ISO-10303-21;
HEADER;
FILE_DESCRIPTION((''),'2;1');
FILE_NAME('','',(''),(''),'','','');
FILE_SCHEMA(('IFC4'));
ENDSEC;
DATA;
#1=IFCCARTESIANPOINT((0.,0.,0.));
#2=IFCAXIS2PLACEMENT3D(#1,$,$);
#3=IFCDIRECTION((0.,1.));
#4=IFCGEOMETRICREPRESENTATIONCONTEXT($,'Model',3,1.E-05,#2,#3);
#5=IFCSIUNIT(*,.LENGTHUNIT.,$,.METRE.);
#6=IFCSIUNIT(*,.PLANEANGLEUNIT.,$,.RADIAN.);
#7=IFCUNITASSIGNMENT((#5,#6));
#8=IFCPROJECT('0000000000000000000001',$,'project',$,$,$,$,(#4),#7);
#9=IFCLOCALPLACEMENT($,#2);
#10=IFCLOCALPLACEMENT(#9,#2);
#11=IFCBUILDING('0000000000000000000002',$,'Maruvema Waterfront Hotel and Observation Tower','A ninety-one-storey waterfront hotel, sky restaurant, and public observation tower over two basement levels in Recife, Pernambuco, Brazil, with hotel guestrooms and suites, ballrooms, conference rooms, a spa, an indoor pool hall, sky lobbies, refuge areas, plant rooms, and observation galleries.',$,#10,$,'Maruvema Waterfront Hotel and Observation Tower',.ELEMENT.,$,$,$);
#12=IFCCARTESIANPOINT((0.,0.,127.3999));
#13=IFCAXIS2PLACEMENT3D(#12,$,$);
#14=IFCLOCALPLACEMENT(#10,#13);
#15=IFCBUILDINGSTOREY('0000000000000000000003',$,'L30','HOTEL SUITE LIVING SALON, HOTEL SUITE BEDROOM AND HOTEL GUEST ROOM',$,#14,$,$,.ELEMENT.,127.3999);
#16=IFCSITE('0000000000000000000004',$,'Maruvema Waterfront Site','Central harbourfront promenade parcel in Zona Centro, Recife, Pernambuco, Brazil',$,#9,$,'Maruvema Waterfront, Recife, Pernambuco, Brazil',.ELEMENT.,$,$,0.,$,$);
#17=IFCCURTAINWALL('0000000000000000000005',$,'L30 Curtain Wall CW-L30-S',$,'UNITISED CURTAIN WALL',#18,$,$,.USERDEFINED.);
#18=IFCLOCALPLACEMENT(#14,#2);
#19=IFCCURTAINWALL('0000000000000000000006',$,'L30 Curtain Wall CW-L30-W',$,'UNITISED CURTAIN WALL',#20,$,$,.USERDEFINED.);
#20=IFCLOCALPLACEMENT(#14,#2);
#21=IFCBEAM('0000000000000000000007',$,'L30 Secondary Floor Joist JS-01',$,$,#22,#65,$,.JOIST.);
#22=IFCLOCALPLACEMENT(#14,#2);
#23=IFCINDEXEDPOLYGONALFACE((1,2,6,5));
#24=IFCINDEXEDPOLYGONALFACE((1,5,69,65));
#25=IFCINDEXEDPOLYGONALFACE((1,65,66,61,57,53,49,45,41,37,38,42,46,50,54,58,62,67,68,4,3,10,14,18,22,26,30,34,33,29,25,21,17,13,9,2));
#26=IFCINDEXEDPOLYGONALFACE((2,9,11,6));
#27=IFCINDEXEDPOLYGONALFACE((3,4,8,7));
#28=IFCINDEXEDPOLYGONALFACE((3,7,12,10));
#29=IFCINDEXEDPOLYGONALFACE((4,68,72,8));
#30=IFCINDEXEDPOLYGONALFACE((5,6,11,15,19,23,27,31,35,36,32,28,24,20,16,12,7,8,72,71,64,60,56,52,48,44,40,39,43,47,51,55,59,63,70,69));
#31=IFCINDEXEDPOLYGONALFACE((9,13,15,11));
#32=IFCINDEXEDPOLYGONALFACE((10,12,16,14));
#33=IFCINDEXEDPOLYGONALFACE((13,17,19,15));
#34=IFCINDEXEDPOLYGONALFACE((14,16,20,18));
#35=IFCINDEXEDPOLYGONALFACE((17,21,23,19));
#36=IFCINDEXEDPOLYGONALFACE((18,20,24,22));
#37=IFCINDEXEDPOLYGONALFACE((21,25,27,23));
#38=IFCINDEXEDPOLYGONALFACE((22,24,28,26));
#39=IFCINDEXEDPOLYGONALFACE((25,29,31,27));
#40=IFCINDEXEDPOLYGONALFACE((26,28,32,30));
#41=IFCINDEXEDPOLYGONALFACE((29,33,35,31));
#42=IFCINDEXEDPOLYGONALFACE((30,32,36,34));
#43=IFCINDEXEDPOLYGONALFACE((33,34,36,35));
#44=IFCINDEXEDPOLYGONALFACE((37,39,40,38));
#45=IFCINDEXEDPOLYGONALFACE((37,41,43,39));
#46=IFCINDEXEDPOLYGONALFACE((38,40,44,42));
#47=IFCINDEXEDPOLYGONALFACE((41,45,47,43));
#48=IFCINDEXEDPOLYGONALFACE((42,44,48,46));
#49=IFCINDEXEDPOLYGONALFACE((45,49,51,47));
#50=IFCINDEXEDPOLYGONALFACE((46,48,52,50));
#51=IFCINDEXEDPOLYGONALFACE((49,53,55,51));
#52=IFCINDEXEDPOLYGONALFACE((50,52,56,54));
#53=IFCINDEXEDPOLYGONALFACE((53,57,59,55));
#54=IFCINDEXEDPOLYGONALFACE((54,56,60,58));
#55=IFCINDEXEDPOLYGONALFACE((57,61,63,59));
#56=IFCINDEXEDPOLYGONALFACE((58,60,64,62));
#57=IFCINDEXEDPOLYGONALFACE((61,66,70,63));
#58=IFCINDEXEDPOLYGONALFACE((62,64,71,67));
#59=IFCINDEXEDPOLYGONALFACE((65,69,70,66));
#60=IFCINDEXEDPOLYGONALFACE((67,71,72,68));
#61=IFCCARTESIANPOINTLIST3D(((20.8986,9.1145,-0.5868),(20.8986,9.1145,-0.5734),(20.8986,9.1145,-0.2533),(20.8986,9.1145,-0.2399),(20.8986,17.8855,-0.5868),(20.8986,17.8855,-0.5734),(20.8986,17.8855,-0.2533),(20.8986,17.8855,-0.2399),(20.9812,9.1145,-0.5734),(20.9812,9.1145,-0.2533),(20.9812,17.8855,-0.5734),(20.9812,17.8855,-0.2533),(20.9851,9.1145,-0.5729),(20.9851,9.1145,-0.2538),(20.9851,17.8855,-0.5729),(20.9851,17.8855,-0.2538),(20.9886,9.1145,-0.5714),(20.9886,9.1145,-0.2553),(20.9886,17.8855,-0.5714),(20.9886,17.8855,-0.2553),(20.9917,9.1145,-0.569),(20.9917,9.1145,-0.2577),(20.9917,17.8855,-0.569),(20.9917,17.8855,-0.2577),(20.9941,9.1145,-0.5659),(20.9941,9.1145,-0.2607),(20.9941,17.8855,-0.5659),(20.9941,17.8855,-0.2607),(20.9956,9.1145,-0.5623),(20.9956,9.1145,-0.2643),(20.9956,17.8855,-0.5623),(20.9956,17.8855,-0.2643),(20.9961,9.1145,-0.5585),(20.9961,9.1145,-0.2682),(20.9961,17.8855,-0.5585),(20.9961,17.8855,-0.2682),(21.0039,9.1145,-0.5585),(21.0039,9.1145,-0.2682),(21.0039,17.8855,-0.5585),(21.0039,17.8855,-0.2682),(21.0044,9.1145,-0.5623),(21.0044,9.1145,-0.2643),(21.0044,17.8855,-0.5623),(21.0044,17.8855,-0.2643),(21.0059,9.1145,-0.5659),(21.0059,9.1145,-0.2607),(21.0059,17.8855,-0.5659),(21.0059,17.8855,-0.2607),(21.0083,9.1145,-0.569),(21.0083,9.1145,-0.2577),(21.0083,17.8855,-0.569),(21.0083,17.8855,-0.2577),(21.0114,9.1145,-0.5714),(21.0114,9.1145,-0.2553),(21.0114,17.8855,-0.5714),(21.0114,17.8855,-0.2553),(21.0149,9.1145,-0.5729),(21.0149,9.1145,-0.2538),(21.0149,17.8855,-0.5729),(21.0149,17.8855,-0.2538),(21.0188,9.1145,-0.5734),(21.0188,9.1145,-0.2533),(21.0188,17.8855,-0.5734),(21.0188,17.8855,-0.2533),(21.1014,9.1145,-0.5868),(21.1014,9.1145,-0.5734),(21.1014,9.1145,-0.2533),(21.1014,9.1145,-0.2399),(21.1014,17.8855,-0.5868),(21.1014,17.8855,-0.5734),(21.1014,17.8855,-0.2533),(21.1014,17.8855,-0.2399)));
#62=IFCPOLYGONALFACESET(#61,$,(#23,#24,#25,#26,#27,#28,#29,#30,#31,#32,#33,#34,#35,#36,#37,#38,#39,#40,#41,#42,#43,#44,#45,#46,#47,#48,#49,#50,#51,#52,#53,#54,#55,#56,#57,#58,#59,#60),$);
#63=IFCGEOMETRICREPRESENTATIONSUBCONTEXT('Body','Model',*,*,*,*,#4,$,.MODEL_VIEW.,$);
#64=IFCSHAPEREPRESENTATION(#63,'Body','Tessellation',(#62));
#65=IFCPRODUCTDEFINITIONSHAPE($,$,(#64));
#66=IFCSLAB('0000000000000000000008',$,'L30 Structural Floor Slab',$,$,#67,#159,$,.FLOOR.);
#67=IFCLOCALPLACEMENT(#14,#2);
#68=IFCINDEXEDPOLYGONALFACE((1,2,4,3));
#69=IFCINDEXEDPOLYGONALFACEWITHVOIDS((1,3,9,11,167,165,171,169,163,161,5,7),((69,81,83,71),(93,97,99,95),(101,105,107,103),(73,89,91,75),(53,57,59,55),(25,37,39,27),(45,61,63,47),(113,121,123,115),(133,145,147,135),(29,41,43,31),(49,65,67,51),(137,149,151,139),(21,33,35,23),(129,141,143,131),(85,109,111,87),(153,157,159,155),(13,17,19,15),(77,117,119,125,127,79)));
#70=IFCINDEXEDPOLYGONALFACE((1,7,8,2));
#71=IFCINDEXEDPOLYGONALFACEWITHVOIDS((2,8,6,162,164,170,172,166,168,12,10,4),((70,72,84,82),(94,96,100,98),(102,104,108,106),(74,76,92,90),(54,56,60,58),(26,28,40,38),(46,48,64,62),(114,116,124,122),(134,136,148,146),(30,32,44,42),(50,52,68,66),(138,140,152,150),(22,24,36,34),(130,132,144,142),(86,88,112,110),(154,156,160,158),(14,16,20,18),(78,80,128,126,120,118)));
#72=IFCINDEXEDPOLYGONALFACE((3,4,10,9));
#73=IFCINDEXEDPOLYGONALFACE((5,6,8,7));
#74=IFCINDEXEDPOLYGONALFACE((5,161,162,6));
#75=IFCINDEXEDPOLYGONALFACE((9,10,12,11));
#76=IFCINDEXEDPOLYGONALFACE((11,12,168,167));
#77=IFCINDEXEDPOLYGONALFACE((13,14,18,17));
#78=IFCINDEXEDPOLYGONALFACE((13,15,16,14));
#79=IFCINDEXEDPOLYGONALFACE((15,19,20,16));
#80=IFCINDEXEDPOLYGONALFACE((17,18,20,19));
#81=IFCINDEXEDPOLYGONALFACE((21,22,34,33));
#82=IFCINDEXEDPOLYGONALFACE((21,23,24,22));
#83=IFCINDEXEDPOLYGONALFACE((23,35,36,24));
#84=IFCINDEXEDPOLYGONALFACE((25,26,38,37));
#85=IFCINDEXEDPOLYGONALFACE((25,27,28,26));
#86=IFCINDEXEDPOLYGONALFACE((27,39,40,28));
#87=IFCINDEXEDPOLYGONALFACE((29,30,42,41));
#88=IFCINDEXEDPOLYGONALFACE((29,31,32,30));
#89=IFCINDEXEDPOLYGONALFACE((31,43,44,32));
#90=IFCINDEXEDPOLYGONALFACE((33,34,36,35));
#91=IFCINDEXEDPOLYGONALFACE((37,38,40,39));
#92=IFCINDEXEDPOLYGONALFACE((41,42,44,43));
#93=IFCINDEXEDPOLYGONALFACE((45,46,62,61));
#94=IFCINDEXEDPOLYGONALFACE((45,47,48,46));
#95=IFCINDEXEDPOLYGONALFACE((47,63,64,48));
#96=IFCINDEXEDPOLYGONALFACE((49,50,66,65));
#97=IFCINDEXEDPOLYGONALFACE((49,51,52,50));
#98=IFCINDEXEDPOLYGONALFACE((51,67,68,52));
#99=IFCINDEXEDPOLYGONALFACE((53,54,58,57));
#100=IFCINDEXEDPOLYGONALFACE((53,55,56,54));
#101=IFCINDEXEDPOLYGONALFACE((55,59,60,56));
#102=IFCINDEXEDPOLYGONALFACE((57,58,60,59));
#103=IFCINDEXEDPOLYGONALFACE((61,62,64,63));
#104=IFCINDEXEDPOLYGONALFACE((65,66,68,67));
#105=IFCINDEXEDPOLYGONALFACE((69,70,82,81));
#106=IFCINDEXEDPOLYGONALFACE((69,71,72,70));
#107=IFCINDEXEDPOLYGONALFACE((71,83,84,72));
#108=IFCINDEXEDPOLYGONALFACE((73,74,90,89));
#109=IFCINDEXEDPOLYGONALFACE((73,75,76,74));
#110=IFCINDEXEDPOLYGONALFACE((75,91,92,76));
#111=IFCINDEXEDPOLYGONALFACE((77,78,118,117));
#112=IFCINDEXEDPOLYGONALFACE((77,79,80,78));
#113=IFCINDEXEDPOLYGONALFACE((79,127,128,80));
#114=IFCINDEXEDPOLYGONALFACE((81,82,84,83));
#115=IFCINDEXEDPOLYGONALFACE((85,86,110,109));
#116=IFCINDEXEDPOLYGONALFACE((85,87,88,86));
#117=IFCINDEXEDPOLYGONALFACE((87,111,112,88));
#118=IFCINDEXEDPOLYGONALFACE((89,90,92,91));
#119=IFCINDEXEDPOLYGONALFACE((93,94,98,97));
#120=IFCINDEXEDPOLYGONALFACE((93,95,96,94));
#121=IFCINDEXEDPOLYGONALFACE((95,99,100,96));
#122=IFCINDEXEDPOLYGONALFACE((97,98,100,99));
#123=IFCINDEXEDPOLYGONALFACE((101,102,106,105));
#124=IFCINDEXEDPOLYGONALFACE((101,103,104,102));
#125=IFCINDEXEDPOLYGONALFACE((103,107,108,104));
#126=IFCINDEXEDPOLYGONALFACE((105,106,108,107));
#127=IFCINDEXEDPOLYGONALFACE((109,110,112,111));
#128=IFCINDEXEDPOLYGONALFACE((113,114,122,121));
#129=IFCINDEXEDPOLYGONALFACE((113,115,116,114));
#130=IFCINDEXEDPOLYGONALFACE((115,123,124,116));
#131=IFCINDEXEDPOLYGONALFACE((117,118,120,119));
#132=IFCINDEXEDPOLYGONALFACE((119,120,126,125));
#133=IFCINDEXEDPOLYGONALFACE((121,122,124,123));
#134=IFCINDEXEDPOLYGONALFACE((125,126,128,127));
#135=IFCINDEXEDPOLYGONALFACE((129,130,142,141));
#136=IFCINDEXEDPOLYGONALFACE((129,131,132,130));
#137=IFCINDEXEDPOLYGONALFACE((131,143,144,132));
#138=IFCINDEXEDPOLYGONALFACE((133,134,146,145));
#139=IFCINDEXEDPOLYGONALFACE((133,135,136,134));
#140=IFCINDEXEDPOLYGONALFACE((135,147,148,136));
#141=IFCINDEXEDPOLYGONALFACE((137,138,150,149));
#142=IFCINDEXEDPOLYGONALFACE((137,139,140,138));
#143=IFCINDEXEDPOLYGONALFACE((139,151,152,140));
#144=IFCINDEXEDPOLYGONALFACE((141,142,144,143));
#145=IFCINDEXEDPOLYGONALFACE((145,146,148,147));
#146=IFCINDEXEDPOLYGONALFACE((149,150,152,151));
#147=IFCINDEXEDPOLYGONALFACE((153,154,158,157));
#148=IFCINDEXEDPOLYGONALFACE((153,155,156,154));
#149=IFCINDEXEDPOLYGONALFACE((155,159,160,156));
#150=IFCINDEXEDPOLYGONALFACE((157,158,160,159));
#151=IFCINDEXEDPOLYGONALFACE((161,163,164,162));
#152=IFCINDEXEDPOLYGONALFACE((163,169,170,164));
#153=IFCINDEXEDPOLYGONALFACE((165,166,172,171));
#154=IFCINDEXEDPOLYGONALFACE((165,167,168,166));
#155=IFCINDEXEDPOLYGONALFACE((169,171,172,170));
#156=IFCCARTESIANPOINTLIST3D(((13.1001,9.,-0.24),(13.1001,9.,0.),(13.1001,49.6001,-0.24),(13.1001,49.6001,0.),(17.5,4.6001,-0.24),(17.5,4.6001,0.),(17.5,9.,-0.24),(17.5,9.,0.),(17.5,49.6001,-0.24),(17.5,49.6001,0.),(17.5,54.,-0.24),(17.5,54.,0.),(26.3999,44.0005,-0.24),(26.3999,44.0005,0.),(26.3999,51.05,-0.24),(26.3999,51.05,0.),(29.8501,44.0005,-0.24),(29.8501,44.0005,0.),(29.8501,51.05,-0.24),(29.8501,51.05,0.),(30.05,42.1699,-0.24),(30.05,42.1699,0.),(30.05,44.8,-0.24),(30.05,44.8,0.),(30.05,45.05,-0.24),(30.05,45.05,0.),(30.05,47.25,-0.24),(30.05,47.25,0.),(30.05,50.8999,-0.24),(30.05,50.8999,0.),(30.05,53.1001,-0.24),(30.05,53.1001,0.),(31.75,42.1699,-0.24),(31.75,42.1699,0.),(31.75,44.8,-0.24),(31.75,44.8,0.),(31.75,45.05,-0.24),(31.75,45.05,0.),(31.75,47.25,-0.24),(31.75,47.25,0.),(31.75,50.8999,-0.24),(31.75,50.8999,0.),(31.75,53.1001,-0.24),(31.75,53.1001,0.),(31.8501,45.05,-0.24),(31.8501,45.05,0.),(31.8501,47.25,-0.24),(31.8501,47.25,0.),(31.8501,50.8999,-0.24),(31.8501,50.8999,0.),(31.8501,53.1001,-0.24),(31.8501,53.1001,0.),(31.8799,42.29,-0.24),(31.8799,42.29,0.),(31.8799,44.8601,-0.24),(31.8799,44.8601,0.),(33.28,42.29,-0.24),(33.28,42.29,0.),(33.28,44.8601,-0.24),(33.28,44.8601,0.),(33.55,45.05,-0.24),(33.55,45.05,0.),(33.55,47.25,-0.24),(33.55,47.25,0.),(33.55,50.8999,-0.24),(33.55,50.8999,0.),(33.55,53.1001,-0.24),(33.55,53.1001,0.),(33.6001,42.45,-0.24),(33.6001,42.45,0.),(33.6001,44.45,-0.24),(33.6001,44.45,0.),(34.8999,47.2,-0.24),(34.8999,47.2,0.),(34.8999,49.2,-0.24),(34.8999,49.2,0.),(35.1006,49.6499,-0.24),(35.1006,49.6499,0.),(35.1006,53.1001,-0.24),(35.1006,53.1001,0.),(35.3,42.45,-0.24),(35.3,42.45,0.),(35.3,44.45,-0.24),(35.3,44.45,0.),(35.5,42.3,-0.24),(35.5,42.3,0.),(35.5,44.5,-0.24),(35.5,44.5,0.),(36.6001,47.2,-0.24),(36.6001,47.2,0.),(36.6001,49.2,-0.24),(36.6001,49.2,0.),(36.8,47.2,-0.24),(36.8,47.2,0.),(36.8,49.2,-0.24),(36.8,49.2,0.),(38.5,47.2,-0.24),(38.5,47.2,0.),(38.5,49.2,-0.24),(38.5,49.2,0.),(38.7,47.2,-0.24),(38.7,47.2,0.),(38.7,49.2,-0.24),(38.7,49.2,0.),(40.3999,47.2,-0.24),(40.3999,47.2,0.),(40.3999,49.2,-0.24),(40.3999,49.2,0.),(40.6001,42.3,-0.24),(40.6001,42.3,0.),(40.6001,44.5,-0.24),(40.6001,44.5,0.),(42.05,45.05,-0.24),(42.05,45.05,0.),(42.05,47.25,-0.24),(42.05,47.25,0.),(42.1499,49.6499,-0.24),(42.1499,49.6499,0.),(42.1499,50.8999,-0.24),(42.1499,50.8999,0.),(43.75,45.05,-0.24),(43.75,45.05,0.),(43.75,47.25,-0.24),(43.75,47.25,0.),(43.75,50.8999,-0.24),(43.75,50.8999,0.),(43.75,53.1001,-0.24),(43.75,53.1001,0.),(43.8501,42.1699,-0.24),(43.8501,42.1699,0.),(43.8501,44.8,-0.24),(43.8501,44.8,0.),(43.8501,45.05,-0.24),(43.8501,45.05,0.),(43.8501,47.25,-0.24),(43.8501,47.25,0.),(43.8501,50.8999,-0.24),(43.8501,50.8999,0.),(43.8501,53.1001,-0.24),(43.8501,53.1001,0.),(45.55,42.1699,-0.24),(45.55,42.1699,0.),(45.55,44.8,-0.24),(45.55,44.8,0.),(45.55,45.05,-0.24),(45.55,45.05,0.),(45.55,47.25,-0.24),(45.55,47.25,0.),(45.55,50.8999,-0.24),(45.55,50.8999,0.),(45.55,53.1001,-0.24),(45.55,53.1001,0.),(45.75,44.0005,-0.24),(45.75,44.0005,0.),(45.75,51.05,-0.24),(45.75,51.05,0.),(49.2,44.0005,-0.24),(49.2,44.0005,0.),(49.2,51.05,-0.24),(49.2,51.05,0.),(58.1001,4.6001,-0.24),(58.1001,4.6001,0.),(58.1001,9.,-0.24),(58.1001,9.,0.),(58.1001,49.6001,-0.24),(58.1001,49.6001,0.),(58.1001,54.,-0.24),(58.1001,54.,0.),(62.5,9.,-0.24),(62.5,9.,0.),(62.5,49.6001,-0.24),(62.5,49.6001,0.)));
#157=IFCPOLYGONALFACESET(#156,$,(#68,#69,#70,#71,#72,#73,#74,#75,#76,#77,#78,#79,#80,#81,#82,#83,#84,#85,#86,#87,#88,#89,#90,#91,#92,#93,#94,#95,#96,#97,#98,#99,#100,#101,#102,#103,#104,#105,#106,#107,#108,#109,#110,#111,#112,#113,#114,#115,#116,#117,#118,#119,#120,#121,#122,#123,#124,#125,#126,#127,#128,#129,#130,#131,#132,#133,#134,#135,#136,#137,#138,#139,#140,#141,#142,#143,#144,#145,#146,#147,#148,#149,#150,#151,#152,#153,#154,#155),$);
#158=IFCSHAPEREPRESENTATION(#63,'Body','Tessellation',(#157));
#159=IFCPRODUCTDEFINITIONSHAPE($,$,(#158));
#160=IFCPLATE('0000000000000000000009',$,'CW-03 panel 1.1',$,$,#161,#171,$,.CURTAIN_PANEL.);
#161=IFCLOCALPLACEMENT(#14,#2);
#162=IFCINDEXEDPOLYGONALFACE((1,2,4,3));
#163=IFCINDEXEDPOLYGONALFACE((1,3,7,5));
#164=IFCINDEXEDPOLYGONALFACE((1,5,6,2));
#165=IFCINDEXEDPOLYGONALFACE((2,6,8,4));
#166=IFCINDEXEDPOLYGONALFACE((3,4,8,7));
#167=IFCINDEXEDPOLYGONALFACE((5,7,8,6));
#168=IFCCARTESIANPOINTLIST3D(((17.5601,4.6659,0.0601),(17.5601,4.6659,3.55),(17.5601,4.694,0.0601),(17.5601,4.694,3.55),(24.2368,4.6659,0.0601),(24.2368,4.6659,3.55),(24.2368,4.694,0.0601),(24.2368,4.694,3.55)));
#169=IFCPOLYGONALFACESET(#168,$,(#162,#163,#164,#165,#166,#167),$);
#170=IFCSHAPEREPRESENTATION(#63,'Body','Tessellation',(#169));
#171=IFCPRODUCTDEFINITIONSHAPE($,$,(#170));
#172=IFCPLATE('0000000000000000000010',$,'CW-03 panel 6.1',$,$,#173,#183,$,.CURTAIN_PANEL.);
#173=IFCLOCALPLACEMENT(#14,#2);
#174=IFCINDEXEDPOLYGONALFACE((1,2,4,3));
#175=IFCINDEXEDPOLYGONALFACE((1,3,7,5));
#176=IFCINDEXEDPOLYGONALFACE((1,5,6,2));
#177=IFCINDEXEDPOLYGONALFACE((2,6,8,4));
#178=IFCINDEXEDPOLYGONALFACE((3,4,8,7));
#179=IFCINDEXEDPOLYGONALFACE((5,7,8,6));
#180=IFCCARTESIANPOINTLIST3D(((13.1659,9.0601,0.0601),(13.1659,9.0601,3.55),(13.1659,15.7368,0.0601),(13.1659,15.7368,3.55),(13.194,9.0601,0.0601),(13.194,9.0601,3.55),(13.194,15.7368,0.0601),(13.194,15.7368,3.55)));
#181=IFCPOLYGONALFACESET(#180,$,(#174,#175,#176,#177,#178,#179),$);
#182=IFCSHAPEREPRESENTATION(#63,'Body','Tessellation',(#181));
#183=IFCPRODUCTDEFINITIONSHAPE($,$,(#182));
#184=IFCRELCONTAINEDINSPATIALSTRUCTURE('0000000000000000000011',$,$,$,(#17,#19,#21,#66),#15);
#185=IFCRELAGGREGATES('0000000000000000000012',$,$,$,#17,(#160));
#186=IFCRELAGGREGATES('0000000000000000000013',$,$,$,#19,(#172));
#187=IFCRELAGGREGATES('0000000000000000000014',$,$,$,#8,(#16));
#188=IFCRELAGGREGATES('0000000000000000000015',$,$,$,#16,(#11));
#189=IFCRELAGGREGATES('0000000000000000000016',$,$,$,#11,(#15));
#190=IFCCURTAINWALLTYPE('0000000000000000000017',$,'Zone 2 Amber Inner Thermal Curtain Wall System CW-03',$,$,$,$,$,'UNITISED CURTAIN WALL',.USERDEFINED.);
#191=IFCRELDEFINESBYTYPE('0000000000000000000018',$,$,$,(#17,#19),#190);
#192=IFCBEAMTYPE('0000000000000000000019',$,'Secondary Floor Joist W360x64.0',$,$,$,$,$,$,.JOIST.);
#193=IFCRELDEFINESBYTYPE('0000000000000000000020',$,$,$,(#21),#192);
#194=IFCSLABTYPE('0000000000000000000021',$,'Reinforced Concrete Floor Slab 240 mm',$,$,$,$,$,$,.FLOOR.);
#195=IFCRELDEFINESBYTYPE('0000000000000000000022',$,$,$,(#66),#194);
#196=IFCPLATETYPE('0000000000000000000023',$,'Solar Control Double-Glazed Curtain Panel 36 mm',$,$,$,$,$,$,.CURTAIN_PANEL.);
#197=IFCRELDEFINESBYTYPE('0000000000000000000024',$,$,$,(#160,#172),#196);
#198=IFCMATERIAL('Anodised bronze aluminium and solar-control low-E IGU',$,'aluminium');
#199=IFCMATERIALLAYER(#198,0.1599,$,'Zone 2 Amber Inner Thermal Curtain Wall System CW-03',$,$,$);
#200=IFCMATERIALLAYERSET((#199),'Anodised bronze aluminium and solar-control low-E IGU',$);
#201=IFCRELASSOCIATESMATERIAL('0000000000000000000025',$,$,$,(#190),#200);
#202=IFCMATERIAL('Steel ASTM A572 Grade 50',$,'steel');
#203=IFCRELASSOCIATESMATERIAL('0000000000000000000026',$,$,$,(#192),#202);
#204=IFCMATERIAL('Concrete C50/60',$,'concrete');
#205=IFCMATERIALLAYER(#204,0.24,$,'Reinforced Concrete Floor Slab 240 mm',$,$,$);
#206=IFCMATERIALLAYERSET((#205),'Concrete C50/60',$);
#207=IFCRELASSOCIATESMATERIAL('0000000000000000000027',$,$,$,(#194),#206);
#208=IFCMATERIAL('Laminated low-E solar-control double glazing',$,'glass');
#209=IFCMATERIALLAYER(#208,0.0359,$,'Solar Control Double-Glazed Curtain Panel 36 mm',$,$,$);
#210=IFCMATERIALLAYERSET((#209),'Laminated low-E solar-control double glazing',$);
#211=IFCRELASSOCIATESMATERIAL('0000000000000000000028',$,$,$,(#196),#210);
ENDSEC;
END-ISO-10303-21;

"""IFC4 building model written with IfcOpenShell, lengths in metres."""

from ifc_helpers import new_model, si_unit, direction, frame, origin, origin_2d, place, context, subcontext, project, spatial, polyline, rectangle, i_section, outline, extrude, material, layer, layer_set, material_profile, profile_set, type_object, element, aggregate, save


model = new_model("IFC4")

# Units and contexts
model_context = context("Model", 3, precision=1e-05, world=origin(), true_north=direction((0.0, 1.0)))
body_context = subcontext(model_context, "Body", "Model", "MODEL_VIEW")
ifc_project = project(units=[si_unit("LENGTHUNIT", "METRE"), si_unit("PLANEANGLEUNIT", "RADIAN")], contexts=[model_context])

# Site, building, storey
site_placement = place(None, origin())
site = spatial("IfcSite", under=ifc_project, at=site_placement, Name="Maruvema Waterfront Site", Description="Central harbourfront promenade parcel in Zona Centro, Recife, Pernambuco, Brazil", LongName="Maruvema Waterfront, Recife, Pernambuco, Brazil", CompositionType="ELEMENT", RefElevation=0.0)
building_placement = place(site_placement, origin())
building = spatial("IfcBuilding", under=site, at=building_placement, Name="Maruvema Waterfront Hotel and Observation Tower", Description="A ninety-one-storey waterfront hotel, sky restaurant, and public observation tower over two basement levels in Recife, Pernambuco, Brazil, with hotel guestrooms and suites, ballrooms, conference rooms, a spa, an indoor pool hall, sky lobbies, refuge areas, plant rooms, and observation galleries.", LongName="Maruvema Waterfront Hotel and Observation Tower", CompositionType="ELEMENT")
storey_placement = place(building_placement, frame((0.0, 0.0, 127.3999)))
storey = spatial("IfcBuildingStorey", under=building, at=storey_placement, Name="L30", Description="HOTEL SUITE LIVING SALON, HOTEL SUITE BEDROOM AND HOTEL GUEST ROOM", CompositionType="ELEMENT", Elevation=127.3999)

# Curtain walls
ifc_material_1 = material(Name="Anodised bronze aluminium and solar-control low-E IGU", Category="aluminium")
ifc_layer_1 = layer(ifc_material_1, 0.1599, Name="Zone 2 Amber Inner Thermal Curtain Wall System CW-03")
ifc_layer_set_1 = layer_set([ifc_layer_1], Name="Anodised bronze aluminium and solar-control low-E IGU")
curtain_wall_type = type_object("IfcCurtainWallType", Name="Zone 2 Amber Inner Thermal Curtain Wall System CW-03", ElementType="UNITISED CURTAIN WALL", PredefinedType="USERDEFINED", material=ifc_layer_set_1)
curtain_wall_1_placement = place(storey_placement, origin())
curtain_wall_1 = element("IfcCurtainWall", 1, at=curtain_wall_1_placement, inside=storey, type_object=curtain_wall_type, Name="L30 Curtain Wall CW-L30-S", ObjectType="UNITISED CURTAIN WALL", PredefinedType="USERDEFINED")
curtain_wall_2_placement = place(storey_placement, origin())
curtain_wall_2 = element("IfcCurtainWall", 2, at=curtain_wall_2_placement, inside=storey, type_object=curtain_wall_type, Name="L30 Curtain Wall CW-L30-W", ObjectType="UNITISED CURTAIN WALL", PredefinedType="USERDEFINED")

# Beam
ifc_material_2 = material(Name="Steel ASTM A572 Grade 50", Category="steel")
ifc_material_profile_1 = material_profile(ifc_material_2, i_section(OverallWidth=0.2029, OverallDepth=0.3469, WebThickness=0.0078, FlangeThickness=0.0134, FilletRadius=0.0149, at=origin_2d()), Name="W360x64.0")
ifc_profile_set_1 = profile_set([ifc_material_profile_1], Name="Steel ASTM A572 Grade 50")
beam_type_1 = type_object("IfcBeamType", Name="Secondary Floor Joist W360x64.0", PredefinedType="JOIST", material=ifc_profile_set_1)
beam_1_placement = place(storey_placement, frame((21.0, 9.1145, -0.4133), z_axis=(0.0, 1.0, 0.0), x_axis=(-1.0, 0.0, 0.0)))
element("IfcBeam", 3, at=beam_1_placement, inside=storey, type_object=beam_type_1, Name="L30 Secondary Floor Joist JS-01", PredefinedType="JOIST", context=body_context, shape_type="SweptSolid", body=[
    extrude(i_section(OverallWidth=0.2029, OverallDepth=0.3469, WebThickness=0.0078, FlangeThickness=0.0134, FilletRadius=0.0149, at=origin_2d()), origin(), (0.0, 0.0, 1.0), 8.771),
])

# Slab
ifc_material_3 = material(Name="Concrete C50/60", Category="concrete")
ifc_layer_2 = layer(ifc_material_3, 0.24, Name="Reinforced Concrete Floor Slab 240 mm")
ifc_layer_set_2 = layer_set([ifc_layer_2], Name="Concrete C50/60")
slab_type_1 = type_object("IfcSlabType", Name="Reinforced Concrete Floor Slab 240 mm", PredefinedType="FLOOR", material=ifc_layer_set_2)
slab_1_placement = place(storey_placement, frame((0.0, 0.0, -0.24)))
element("IfcSlab", 4, at=slab_1_placement, inside=storey, type_object=slab_type_1, Name="L30 Structural Floor Slab", PredefinedType="FLOOR", context=body_context, shape_type="SweptSolid", body=[
    extrude(outline(polyline([(17.5, 4.6001), (58.1001, 4.6001), (58.1001, 9.0), (62.5, 9.0), (62.5, 49.6001), (58.1001, 49.6001), (58.1001, 54.0), (17.5, 54.0), (17.5, 49.6001), (13.1001, 49.6001), (13.1001, 9.0), (17.5, 9.0), (17.5, 4.6001)]), holes=[polyline([(26.3999, 44.0005), (26.3999, 51.05), (29.8501, 51.05), (29.8501, 44.0005), (26.3999, 44.0005)]), polyline([(30.05, 44.8), (31.75, 44.8), (31.75, 42.1699), (30.05, 42.1699), (30.05, 44.8)]), polyline([(31.75, 47.25), (31.75, 45.05), (30.05, 45.05), (30.05, 47.25), (31.75, 47.25)]), polyline([(31.75, 53.1001), (31.75, 50.8999), (30.05, 50.8999), (30.05, 53.1001), (31.75, 53.1001)]), polyline([(33.28, 44.8601), (33.28, 42.29), (31.8799, 42.29), (31.8799, 44.8601), (33.28, 44.8601)]), polyline([(31.8501, 47.25), (33.55, 47.25), (33.55, 45.05), (31.8501, 45.05), (31.8501, 47.25)]), polyline([(31.8501, 53.1001), (33.55, 53.1001), (33.55, 50.8999), (31.8501, 50.8999), (31.8501, 53.1001)]), polyline([(33.6001, 44.45), (35.3, 44.45), (35.3, 42.45), (33.6001, 42.45), (33.6001, 44.45)]), polyline([(34.8999, 49.2), (36.6001, 49.2), (36.6001, 47.2), (34.8999, 47.2), (34.8999, 49.2)]), polyline([(38.5, 49.2), (38.5, 47.2), (36.8, 47.2), (36.8, 49.2), (38.5, 49.2)]), polyline([(35.5, 44.5), (40.6001, 44.5), (40.6001, 42.3), (35.5, 42.3), (35.5, 44.5)]), polyline([(43.75, 50.8999), (42.1499, 50.8999), (42.1499, 49.6499), (35.1006, 49.6499), (35.1006, 53.1001), (43.75, 53.1001), (43.75, 50.8999)]), polyline([(40.3999, 49.2), (40.3999, 47.2), (38.7, 47.2), (38.7, 49.2), (40.3999, 49.2)]), polyline([(43.75, 47.25), (43.75, 45.05), (42.05, 45.05), (42.05, 47.25), (43.75, 47.25)]), polyline([(45.55, 44.8), (45.55, 42.1699), (43.8501, 42.1699), (43.8501, 44.8), (45.55, 44.8)]), polyline([(43.8501, 47.25), (45.55, 47.25), (45.55, 45.05), (43.8501, 45.05), (43.8501, 47.25)]), polyline([(45.55, 53.1001), (45.55, 50.8999), (43.8501, 50.8999), (43.8501, 53.1001), (45.55, 53.1001)]), polyline([(45.75, 51.05), (49.2, 51.05), (49.2, 44.0005), (45.75, 44.0005), (45.75, 51.05)])]), origin(), (0.0, 0.0, 1.0), 0.24),
])

# Plates
ifc_material_4 = material(Name="Laminated low-E solar-control double glazing", Category="glass")
ifc_layer_3 = layer(ifc_material_4, 0.0359, Name="Solar Control Double-Glazed Curtain Panel 36 mm")
ifc_layer_set_3 = layer_set([ifc_layer_3], Name="Laminated low-E solar-control double glazing")
plate_type = type_object("IfcPlateType", Name="Solar Control Double-Glazed Curtain Panel 36 mm", PredefinedType="CURTAIN_PANEL", material=ifc_layer_set_3)
plate_1_placement = place(storey_placement, frame((20.8984, 4.6799, 0.0601), z_axis=(0.0, 0.0, 1.0), x_axis=(1.0, 0.0, 0.0)))
plate_1 = element("IfcPlate", 5, at=plate_1_placement, type_object=plate_type, Name="CW-03 panel 1.1", PredefinedType="CURTAIN_PANEL", context=body_context, shape_type="SweptSolid", body=[
    extrude(rectangle(XDim=6.6768, YDim=0.0281, at=origin_2d()), origin(), (0.0, 0.0, 1.0), 3.49),
])
aggregate(curtain_wall_1, [plate_1])
plate_2_placement = place(storey_placement, frame((13.1799, 12.3984, 0.0601), z_axis=(0.0, 0.0, 1.0), x_axis=(0.0, -1.0, 0.0)))
plate_2 = element("IfcPlate", 6, at=plate_2_placement, type_object=plate_type, Name="CW-03 panel 6.1", PredefinedType="CURTAIN_PANEL", context=body_context, shape_type="SweptSolid", body=[
    extrude(rectangle(XDim=6.6768, YDim=0.0281, at=origin_2d()), origin(), (0.0, 0.0, 1.0), 3.49),
])
aggregate(curtain_wall_2, [plate_2])

save(model, "model.ifc")
